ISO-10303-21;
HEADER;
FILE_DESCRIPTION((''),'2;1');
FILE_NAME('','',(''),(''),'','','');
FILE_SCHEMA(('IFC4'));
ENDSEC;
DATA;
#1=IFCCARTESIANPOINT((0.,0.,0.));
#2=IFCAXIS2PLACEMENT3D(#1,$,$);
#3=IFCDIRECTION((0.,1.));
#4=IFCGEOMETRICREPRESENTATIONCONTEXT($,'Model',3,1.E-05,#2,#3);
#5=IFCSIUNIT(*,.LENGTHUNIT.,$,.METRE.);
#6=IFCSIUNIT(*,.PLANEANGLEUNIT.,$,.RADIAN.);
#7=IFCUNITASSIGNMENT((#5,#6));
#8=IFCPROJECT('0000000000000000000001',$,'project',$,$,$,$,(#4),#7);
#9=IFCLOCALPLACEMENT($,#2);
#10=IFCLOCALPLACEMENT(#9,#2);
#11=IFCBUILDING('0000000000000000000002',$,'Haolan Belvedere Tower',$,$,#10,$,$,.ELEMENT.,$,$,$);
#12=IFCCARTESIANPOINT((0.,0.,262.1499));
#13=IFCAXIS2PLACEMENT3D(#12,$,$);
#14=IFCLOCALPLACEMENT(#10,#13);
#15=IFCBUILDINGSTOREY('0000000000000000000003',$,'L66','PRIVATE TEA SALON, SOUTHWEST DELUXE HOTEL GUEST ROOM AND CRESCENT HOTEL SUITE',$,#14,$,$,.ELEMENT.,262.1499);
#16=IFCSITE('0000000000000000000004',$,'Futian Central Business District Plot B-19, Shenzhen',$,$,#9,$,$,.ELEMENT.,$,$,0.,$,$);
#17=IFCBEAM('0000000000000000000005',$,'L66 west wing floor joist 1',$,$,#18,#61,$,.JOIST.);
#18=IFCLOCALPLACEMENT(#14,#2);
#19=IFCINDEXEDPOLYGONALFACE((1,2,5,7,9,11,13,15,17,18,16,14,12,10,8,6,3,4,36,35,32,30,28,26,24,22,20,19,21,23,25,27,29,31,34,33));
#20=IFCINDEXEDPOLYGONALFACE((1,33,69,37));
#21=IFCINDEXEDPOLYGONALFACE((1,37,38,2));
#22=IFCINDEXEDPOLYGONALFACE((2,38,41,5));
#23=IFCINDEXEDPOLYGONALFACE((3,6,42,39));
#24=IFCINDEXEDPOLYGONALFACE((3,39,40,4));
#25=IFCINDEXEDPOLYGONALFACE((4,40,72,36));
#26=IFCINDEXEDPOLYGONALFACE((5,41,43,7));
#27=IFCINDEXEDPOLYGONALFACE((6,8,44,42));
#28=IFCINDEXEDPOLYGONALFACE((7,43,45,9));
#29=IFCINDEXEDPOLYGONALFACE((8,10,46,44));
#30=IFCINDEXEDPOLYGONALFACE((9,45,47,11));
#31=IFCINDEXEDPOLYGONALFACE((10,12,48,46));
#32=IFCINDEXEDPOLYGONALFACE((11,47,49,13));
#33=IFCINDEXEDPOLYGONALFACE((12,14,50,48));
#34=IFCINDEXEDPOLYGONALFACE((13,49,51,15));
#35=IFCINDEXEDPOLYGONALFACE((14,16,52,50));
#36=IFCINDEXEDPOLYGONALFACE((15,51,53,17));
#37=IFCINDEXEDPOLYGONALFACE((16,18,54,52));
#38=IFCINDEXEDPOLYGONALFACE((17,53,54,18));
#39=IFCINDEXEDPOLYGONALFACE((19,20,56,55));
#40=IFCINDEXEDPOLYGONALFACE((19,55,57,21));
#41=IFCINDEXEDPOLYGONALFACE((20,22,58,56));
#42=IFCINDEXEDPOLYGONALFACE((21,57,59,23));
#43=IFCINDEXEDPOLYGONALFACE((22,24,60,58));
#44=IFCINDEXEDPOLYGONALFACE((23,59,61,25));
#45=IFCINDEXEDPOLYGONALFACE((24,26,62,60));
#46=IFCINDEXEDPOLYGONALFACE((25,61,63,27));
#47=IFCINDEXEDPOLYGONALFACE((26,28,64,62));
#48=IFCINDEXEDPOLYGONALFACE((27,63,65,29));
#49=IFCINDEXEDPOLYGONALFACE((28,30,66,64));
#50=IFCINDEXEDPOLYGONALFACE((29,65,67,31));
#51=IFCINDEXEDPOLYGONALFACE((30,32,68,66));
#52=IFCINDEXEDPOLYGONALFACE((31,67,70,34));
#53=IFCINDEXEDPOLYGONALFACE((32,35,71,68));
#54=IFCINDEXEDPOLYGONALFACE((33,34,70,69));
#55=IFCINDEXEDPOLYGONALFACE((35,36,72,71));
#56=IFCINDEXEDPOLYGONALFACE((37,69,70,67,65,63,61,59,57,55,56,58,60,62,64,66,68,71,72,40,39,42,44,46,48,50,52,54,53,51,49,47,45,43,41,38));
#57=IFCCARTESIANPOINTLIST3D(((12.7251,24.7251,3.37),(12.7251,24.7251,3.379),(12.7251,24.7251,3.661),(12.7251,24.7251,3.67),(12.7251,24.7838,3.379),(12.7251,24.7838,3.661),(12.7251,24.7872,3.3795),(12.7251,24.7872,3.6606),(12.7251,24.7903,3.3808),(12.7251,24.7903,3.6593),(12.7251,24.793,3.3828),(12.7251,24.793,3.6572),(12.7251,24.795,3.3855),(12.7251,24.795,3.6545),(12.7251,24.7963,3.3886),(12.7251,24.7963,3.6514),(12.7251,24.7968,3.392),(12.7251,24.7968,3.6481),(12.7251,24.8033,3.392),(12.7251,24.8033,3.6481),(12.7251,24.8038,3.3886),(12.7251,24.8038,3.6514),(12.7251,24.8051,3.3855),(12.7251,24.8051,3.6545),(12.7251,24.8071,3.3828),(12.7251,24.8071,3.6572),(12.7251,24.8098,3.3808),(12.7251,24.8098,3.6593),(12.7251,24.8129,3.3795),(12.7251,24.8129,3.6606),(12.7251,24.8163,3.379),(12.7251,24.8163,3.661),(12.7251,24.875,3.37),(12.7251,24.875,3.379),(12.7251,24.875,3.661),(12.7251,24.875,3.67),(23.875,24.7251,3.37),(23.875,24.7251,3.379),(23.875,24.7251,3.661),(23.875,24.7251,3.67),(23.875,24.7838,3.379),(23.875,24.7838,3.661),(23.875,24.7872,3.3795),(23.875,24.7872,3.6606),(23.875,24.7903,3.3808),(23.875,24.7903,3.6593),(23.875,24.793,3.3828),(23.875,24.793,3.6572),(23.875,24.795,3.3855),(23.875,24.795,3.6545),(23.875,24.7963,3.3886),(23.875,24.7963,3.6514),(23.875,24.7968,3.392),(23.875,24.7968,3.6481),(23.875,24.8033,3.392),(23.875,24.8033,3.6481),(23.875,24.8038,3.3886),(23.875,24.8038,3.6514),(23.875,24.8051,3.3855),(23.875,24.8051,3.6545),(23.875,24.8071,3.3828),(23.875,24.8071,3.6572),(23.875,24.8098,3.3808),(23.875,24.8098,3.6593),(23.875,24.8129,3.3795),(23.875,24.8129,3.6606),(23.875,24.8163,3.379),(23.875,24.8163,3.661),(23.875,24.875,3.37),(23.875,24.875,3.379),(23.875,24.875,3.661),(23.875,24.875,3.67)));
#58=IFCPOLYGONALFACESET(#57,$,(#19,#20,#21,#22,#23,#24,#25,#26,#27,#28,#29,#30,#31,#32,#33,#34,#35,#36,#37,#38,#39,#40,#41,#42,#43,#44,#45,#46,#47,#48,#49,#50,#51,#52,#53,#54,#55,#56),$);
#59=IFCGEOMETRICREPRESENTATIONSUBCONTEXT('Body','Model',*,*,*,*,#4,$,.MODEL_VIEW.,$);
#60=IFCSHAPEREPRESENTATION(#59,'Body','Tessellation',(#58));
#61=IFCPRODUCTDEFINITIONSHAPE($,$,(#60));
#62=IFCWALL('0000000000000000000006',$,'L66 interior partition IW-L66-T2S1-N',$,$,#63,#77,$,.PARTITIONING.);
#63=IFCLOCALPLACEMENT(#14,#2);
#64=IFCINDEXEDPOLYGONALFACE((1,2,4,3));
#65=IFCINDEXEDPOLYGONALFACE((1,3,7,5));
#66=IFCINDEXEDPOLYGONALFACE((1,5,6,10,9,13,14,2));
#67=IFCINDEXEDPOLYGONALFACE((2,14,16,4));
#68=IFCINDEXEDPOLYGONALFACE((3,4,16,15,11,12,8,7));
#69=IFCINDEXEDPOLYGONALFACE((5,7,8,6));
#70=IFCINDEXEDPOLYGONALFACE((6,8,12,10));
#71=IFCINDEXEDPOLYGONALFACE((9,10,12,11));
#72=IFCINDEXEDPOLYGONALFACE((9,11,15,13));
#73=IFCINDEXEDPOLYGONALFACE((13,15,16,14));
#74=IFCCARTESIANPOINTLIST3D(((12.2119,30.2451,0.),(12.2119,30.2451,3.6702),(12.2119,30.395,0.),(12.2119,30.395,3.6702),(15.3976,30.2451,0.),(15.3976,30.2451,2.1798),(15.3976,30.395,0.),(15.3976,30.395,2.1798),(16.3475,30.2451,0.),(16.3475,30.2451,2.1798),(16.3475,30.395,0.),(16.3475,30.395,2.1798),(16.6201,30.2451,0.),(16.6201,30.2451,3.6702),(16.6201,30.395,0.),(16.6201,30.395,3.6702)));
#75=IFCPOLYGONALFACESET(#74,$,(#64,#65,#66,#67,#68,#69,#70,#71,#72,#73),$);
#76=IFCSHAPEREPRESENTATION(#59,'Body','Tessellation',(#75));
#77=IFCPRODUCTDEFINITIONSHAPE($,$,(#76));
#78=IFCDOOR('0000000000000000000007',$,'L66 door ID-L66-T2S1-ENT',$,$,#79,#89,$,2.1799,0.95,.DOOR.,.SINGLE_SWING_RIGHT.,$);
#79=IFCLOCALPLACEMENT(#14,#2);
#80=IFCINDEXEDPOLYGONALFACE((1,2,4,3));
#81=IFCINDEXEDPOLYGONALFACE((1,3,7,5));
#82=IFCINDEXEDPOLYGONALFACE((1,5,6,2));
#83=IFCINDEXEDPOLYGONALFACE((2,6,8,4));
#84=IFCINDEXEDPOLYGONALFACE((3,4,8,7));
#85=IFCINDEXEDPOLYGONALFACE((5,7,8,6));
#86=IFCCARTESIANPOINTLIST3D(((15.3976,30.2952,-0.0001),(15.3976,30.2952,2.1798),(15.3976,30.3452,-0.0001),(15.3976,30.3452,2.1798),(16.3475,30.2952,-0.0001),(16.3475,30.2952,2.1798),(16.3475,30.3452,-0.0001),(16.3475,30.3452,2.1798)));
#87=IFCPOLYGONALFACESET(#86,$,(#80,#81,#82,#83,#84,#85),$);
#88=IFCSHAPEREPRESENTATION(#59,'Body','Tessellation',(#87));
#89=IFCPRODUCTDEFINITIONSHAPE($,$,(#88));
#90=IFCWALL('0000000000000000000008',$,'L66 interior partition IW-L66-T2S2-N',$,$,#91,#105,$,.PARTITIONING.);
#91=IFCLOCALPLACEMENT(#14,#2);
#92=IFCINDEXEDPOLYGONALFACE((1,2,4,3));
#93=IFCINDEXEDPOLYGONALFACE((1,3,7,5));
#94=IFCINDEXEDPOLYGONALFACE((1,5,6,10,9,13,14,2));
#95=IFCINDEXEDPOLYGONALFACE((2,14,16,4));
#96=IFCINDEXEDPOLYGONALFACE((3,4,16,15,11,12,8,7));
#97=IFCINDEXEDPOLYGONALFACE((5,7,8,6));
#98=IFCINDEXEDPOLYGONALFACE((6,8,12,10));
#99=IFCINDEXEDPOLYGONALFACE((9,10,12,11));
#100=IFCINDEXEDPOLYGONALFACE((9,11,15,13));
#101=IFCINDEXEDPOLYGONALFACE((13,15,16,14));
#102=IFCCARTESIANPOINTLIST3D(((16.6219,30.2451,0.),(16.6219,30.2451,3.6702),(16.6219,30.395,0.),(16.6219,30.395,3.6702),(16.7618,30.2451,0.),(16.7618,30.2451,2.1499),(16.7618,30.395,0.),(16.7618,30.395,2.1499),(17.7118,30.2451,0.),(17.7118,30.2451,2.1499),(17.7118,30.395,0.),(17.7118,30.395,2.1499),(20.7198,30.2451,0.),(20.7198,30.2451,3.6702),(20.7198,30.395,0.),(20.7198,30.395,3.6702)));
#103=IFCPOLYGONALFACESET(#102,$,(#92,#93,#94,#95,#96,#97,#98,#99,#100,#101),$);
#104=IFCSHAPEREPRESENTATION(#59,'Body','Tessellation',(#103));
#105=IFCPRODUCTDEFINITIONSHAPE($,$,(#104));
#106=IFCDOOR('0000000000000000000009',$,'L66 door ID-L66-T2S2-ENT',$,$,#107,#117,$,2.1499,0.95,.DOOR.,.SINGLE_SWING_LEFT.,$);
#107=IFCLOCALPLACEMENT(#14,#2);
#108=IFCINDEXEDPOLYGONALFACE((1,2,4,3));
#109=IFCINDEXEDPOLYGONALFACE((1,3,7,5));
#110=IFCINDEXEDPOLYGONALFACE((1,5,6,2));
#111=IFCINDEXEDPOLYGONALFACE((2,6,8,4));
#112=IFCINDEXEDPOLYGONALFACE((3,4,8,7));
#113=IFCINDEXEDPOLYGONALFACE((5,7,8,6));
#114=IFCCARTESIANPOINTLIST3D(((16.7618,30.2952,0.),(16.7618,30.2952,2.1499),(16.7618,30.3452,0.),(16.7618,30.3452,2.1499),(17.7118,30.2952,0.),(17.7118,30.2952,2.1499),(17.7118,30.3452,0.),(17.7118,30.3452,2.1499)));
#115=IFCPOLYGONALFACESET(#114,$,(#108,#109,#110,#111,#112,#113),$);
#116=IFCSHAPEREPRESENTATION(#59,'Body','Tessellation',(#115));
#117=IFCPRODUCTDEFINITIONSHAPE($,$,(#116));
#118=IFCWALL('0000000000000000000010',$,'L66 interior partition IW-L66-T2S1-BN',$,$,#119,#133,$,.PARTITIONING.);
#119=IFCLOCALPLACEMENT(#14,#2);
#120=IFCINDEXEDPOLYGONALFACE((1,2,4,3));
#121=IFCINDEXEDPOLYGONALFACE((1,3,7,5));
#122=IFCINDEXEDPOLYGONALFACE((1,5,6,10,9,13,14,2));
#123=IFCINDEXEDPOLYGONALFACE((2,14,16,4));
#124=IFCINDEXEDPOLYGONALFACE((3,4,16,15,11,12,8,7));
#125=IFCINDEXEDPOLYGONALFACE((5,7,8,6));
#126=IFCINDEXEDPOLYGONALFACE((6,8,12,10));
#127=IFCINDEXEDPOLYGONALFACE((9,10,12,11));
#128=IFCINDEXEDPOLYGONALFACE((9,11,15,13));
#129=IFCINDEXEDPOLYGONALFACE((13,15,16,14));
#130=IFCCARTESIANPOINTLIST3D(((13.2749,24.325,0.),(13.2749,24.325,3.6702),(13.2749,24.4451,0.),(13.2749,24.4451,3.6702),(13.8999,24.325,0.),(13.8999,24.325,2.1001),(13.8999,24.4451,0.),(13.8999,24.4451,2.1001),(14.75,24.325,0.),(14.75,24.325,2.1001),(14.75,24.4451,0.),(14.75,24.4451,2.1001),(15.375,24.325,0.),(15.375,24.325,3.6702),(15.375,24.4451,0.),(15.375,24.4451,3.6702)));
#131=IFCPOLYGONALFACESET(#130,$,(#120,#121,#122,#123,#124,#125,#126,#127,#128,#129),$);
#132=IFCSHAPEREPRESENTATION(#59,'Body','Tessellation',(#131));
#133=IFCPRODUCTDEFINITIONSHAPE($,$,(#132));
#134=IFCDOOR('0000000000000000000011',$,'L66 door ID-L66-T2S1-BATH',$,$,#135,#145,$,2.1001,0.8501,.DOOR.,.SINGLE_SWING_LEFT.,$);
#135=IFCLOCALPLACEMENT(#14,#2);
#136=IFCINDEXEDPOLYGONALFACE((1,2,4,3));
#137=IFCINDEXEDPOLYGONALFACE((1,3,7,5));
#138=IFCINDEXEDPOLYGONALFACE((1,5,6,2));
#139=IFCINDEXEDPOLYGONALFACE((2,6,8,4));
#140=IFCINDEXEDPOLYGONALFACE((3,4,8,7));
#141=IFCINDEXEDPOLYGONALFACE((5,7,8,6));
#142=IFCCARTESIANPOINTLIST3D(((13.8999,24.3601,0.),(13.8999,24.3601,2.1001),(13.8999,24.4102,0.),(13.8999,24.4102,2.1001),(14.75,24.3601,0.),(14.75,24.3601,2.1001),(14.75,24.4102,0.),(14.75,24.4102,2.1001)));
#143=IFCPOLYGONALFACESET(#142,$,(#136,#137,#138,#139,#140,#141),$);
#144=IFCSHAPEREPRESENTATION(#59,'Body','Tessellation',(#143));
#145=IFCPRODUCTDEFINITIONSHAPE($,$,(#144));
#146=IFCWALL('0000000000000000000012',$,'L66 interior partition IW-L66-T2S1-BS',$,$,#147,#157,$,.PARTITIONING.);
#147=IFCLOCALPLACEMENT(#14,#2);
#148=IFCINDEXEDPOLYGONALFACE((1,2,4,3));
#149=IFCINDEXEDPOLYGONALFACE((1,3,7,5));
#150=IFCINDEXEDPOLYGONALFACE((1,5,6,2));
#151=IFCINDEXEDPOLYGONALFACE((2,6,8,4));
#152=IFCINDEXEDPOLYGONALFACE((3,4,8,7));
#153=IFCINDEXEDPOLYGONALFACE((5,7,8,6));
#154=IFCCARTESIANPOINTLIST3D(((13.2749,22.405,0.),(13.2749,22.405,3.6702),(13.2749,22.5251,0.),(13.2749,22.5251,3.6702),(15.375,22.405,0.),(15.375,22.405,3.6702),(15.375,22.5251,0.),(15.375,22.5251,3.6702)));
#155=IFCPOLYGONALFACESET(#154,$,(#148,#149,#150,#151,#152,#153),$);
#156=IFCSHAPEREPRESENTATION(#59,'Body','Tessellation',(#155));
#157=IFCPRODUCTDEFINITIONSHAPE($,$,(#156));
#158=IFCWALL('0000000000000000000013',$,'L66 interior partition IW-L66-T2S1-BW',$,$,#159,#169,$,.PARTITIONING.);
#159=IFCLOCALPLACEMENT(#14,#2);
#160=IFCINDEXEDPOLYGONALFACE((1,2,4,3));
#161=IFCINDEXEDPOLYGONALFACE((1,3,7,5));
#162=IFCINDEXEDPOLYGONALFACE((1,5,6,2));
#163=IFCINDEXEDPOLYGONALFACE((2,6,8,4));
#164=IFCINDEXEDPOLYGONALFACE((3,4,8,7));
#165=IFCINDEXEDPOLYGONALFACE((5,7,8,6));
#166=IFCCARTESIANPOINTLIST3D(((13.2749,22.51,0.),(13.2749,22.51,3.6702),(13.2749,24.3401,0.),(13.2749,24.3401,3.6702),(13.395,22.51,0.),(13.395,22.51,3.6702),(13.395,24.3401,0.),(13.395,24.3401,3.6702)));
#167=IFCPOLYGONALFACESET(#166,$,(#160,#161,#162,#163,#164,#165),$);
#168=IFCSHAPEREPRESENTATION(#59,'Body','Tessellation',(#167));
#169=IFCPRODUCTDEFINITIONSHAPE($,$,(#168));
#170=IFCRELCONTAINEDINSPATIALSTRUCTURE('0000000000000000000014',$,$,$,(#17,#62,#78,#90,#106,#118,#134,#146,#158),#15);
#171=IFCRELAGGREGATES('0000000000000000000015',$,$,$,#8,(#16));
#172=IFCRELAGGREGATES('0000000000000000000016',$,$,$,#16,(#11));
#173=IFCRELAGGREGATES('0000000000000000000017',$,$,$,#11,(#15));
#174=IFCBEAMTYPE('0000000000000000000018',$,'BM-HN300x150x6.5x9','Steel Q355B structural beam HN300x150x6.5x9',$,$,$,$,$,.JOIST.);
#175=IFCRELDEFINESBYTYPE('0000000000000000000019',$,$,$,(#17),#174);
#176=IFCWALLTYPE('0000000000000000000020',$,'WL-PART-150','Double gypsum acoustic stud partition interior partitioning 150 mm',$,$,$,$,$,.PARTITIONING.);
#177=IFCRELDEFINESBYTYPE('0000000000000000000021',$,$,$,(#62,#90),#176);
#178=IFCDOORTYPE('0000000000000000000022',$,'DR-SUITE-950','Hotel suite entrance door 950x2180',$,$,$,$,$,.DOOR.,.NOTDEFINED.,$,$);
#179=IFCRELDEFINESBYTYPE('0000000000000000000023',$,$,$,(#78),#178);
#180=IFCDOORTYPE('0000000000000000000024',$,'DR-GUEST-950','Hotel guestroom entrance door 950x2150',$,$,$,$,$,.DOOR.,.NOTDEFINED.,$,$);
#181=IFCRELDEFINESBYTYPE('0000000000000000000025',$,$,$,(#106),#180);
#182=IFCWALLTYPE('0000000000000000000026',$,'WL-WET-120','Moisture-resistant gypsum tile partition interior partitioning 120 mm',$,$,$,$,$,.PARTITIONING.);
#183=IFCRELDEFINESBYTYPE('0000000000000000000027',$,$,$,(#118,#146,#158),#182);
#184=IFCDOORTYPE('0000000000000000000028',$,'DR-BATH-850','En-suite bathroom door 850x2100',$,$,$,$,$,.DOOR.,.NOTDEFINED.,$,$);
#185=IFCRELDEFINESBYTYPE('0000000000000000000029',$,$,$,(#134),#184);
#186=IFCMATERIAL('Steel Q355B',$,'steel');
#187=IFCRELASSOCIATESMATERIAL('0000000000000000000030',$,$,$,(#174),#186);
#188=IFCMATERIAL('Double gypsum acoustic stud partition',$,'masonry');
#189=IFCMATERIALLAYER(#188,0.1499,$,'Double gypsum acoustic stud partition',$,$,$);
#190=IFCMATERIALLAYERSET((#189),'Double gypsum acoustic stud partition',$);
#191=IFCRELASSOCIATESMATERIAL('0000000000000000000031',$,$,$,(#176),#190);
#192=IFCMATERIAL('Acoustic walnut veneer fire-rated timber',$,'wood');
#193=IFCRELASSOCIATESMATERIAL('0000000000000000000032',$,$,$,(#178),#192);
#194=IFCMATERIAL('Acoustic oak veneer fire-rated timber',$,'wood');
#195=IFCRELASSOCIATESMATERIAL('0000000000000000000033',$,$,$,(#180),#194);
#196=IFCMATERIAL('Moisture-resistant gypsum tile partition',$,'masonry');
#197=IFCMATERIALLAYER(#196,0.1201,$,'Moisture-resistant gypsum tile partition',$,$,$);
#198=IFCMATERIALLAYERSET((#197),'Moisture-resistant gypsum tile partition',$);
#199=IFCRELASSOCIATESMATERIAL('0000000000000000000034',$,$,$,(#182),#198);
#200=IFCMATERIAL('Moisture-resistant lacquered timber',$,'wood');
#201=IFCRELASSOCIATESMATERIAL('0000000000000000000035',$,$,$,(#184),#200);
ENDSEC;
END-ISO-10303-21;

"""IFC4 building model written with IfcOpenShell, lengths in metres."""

from ifc_helpers import new_model, si_unit, direction, frame, frame_2d, origin, origin_2d, place, context, subcontext, project, spatial, rectangle, i_section, extrude, material, layer, layer_set, material_profile, profile_set, type_object, element, fill, save


model = new_model("IFC4")

# Units and contexts
model_context = context("Model", 3, precision=1e-05, world=origin(), true_north=direction((0.0, 1.0)))
body_context = subcontext(model_context, "Body", "Model", "MODEL_VIEW")
ifc_project = project(units=[si_unit("LENGTHUNIT", "METRE"), si_unit("PLANEANGLEUNIT", "RADIAN")], contexts=[model_context])

# Site, building, storey
site_placement = place(None, origin())
site = spatial("IfcSite", under=ifc_project, at=site_placement, Name="Futian Central Business District Plot B-19, Shenzhen", CompositionType="ELEMENT", RefElevation=0.0)
building_placement = place(site_placement, origin())
building = spatial("IfcBuilding", under=site, at=building_placement, Name="Haolan Belvedere Tower", CompositionType="ELEMENT")
storey_placement = place(building_placement, frame((0.0, 0.0, 262.1499)))
storey = spatial("IfcBuildingStorey", under=building, at=storey_placement, Name="L66", Description="PRIVATE TEA SALON, SOUTHWEST DELUXE HOTEL GUEST ROOM AND CRESCENT HOTEL SUITE", CompositionType="ELEMENT", Elevation=262.1499)

# Beam
ifc_material_1 = material(Name="Steel Q355B", Category="steel")
ifc_material_profile_1 = material_profile(ifc_material_1, i_section(OverallWidth=0.1499, OverallDepth=0.3, WebThickness=0.0066, FlangeThickness=0.009, FilletRadius=0.0129, at=origin_2d()), Name="Steel Q355B")
ifc_profile_set_1 = profile_set([ifc_material_profile_1], Name="Steel Q355B")
beam_type_1 = type_object("IfcBeamType", Name="BM-HN300x150x6.5x9", Description="Steel Q355B structural beam HN300x150x6.5x9", PredefinedType="JOIST", material=ifc_profile_set_1)
beam_1_placement = place(storey_placement, frame((12.7251, 24.8, 3.52), z_axis=(1.0, 0.0, 0.0), x_axis=(0.0, 1.0, 0.0)))
element("IfcBeam", 1, at=beam_1_placement, inside=storey, type_object=beam_type_1, Name="L66 west wing floor joist 1", PredefinedType="JOIST", context=body_context, shape_type="SweptSolid", body=[
    extrude(i_section(OverallWidth=0.1499, OverallDepth=0.3, WebThickness=0.0066, FlangeThickness=0.009, FilletRadius=0.0129, at=origin_2d()), origin(), (0.0, 0.0, 1.0), 11.1499),
])

# Walls, openings, doors
ifc_material_2 = material(Name="Double gypsum acoustic stud partition", Category="masonry")
ifc_layer_1 = layer(ifc_material_2, 0.1499, Name="Double gypsum acoustic stud partition")
ifc_layer_set_1 = layer_set([ifc_layer_1], Name="Double gypsum acoustic stud partition")
wall_type_1 = type_object("IfcWallType", Name="WL-PART-150", Description="Double gypsum acoustic stud partition interior partitioning 150 mm", PredefinedType="PARTITIONING", material=ifc_layer_set_1)
wall_1_placement = place(storey_placement, frame((12.2119, 30.3201, 0.0), z_axis=(0.0, 0.0, 1.0), x_axis=(1.0, 0.0, 0.0)))
wall_1 = element("IfcWall", 2, at=wall_1_placement, inside=storey, type_object=wall_type_1, Name="L66 interior partition IW-L66-T2S1-N", PredefinedType="PARTITIONING", context=body_context, shape_type="SweptSolid", body=[
    extrude(rectangle(XDim=4.4082, YDim=0.1499, at=frame_2d((2.2041, 0.0))), origin(), (0.0, 0.0, 1.0), 3.6702),
])
opening_1_placement = place(wall_1_placement, frame((4.1357, 0.0, 0.0), z_axis=(0.0, 0.0, 1.0), x_axis=(-1.0, 0.0, 0.0)))
opening_1 = element("IfcOpeningElement", 3, at=opening_1_placement, cuts=wall_1, PredefinedType="OPENING", context=body_context, shape_type="SweptSolid", body=[
    extrude(rectangle(XDim=0.95, YDim=2.1799, at=frame_2d((0.4751, 1.0898))), frame((0.0, 0.085, 0.0), z_axis=(0.0, -1.0, 0.0), x_axis=(1.0, 0.0, 0.0)), (0.0, 0.0, 1.0), 0.1699),
])
ifc_material_3 = material(Name="Acoustic walnut veneer fire-rated timber", Category="wood")
door_type_1 = type_object("IfcDoorType", Name="DR-SUITE-950", Description="Hotel suite entrance door 950x2180", OperationType="NOTDEFINED", PredefinedType="DOOR", material=ifc_material_3)
door_1_placement = place(opening_1_placement, origin())
door_1 = element("IfcDoor", 4, at=door_1_placement, inside=storey, type_object=door_type_1, Name="L66 door ID-L66-T2S1-ENT", OperationType="SINGLE_SWING_RIGHT", OverallHeight=2.1799, OverallWidth=0.95, PredefinedType="DOOR", context=body_context, shape_type="SweptSolid", body=[
    extrude(rectangle(XDim=0.95, YDim=2.1799, at=frame_2d((0.4751, 1.0898))), frame((0.0, 0.0249, 0.0), z_axis=(0.0, -1.0, 0.0), x_axis=(1.0, 0.0, 0.0)), (0.0, 0.0, 1.0), 0.05),
])
fill(opening_1, door_1)
wall_2_placement = place(storey_placement, frame((16.6221, 30.3201, 0.0), z_axis=(0.0, 0.0, 1.0), x_axis=(1.0, 0.0, 0.0)))
wall_2 = element("IfcWall", 5, at=wall_2_placement, inside=storey, type_object=wall_type_1, Name="L66 interior partition IW-L66-T2S2-N", PredefinedType="PARTITIONING", context=body_context, shape_type="SweptSolid", body=[
    extrude(rectangle(XDim=4.0979, YDim=0.1499, at=frame_2d((2.0488, 0.0))), origin(), (0.0, 0.0, 1.0), 3.6702),
])
opening_2_placement = place(wall_2_placement, frame((1.0898, 0.0, 0.0), z_axis=(0.0, 0.0, 1.0), x_axis=(-1.0, 0.0, 0.0)))
opening_2 = element("IfcOpeningElement", 6, at=opening_2_placement, cuts=wall_2, PredefinedType="OPENING", context=body_context, shape_type="SweptSolid", body=[
    extrude(rectangle(XDim=0.95, YDim=2.1499, at=frame_2d((0.4751, 1.075))), frame((0.0, 0.085, 0.0), z_axis=(0.0, -1.0, 0.0), x_axis=(1.0, 0.0, 0.0)), (0.0, 0.0, 1.0), 0.1699),
])
ifc_material_4 = material(Name="Acoustic oak veneer fire-rated timber", Category="wood")
door_type_2 = type_object("IfcDoorType", Name="DR-GUEST-950", Description="Hotel guestroom entrance door 950x2150", OperationType="NOTDEFINED", PredefinedType="DOOR", material=ifc_material_4)
door_2_placement = place(opening_2_placement, origin())
door_2 = element("IfcDoor", 7, at=door_2_placement, inside=storey, type_object=door_type_2, Name="L66 door ID-L66-T2S2-ENT", OperationType="SINGLE_SWING_LEFT", OverallHeight=2.1499, OverallWidth=0.95, PredefinedType="DOOR", context=body_context, shape_type="SweptSolid", body=[
    extrude(rectangle(XDim=0.95, YDim=2.1499, at=frame_2d((0.4751, 1.075))), frame((0.0, 0.0249, 0.0), z_axis=(0.0, -1.0, 0.0), x_axis=(1.0, 0.0, 0.0)), (0.0, 0.0, 1.0), 0.05),
])
fill(opening_2, door_2)
ifc_material_5 = material(Name="Moisture-resistant gypsum tile partition", Category="masonry")
ifc_layer_2 = layer(ifc_material_5, 0.1201, Name="Moisture-resistant gypsum tile partition")
ifc_layer_set_2 = layer_set([ifc_layer_2], Name="Moisture-resistant gypsum tile partition")
wall_type_2 = type_object("IfcWallType", Name="WL-WET-120", Description="Moisture-resistant gypsum tile partition interior partitioning 120 mm", PredefinedType="PARTITIONING", material=ifc_layer_set_2)
wall_3_placement = place(storey_placement, frame((13.2749, 24.385, 0.0), z_axis=(0.0, 0.0, 1.0), x_axis=(1.0, 0.0, 0.0)))
wall_3 = element("IfcWall", 8, at=wall_3_placement, inside=storey, type_object=wall_type_2, Name="L66 interior partition IW-L66-T2S1-BN", PredefinedType="PARTITIONING", context=body_context, shape_type="SweptSolid", body=[
    extrude(rectangle(XDim=2.1001, YDim=0.1201, at=frame_2d((1.05, 0.0))), origin(), (0.0, 0.0, 1.0), 3.6702),
])
opening_3_placement = place(wall_3_placement, frame((1.4751, 0.0, 0.0), z_axis=(0.0, 0.0, 1.0), x_axis=(-1.0, 0.0, 0.0)))
opening_3 = element("IfcOpeningElement", 9, at=opening_3_placement, cuts=wall_3, PredefinedType="OPENING", context=body_context, shape_type="SweptSolid", body=[
    extrude(rectangle(XDim=0.8501, YDim=2.1001, at=frame_2d((0.425, 1.05))), frame((0.0, 0.0701, 0.0), z_axis=(0.0, -1.0, 0.0), x_axis=(1.0, 0.0, 0.0)), (0.0, 0.0, 1.0), 0.1401),
])
ifc_material_6 = material(Name="Moisture-resistant lacquered timber", Category="wood")
door_type_3 = type_object("IfcDoorType", Name="DR-BATH-850", Description="En-suite bathroom door 850x2100", OperationType="NOTDEFINED", PredefinedType="DOOR", material=ifc_material_6)
door_3_placement = place(opening_3_placement, origin())
door_3 = element("IfcDoor", 10, at=door_3_placement, inside=storey, type_object=door_type_3, Name="L66 door ID-L66-T2S1-BATH", OperationType="SINGLE_SWING_LEFT", OverallHeight=2.1001, OverallWidth=0.8501, PredefinedType="DOOR", context=body_context, shape_type="SweptSolid", body=[
    extrude(rectangle(XDim=0.8501, YDim=2.1001, at=frame_2d((0.425, 1.05))), frame((0.0, 0.0249, 0.0), z_axis=(0.0, -1.0, 0.0), x_axis=(1.0, 0.0, 0.0)), (0.0, 0.0, 1.0), 0.05),
])
fill(opening_3, door_3)

# Walls
wall_4_placement = place(storey_placement, frame((13.2749, 22.4651, 0.0), z_axis=(0.0, 0.0, 1.0), x_axis=(1.0, 0.0, 0.0)))
element("IfcWall", 11, at=wall_4_placement, inside=storey, type_object=wall_type_2, Name="L66 interior partition IW-L66-T2S1-BS", PredefinedType="PARTITIONING", context=body_context, shape_type="SweptSolid", body=[
    extrude(rectangle(XDim=2.1001, YDim=0.1201, at=frame_2d((1.05, 0.0))), origin(), (0.0, 0.0, 1.0), 3.6702),
])
for number, where, z_axis, x_axis, name in (
    (12, (13.335, 22.51, 0.0), (0.0, 0.0, 1.0), (0.0, 1.0, 0.0), "L66 interior partition IW-L66-T2S1-BW"),
):
    element("IfcWall", number, at=place(storey_placement, frame(where, z_axis=z_axis, x_axis=x_axis)), inside=storey, type_object=wall_type_2, Name=name, PredefinedType="PARTITIONING", context=body_context, shape_type="SweptSolid", body=[
        extrude(rectangle(XDim=1.8301, YDim=0.1201, at=frame_2d((0.915, 0.0))), origin(), (0.0, 0.0, 1.0), 3.6702),
    ])

save(model, "model.ifc")
